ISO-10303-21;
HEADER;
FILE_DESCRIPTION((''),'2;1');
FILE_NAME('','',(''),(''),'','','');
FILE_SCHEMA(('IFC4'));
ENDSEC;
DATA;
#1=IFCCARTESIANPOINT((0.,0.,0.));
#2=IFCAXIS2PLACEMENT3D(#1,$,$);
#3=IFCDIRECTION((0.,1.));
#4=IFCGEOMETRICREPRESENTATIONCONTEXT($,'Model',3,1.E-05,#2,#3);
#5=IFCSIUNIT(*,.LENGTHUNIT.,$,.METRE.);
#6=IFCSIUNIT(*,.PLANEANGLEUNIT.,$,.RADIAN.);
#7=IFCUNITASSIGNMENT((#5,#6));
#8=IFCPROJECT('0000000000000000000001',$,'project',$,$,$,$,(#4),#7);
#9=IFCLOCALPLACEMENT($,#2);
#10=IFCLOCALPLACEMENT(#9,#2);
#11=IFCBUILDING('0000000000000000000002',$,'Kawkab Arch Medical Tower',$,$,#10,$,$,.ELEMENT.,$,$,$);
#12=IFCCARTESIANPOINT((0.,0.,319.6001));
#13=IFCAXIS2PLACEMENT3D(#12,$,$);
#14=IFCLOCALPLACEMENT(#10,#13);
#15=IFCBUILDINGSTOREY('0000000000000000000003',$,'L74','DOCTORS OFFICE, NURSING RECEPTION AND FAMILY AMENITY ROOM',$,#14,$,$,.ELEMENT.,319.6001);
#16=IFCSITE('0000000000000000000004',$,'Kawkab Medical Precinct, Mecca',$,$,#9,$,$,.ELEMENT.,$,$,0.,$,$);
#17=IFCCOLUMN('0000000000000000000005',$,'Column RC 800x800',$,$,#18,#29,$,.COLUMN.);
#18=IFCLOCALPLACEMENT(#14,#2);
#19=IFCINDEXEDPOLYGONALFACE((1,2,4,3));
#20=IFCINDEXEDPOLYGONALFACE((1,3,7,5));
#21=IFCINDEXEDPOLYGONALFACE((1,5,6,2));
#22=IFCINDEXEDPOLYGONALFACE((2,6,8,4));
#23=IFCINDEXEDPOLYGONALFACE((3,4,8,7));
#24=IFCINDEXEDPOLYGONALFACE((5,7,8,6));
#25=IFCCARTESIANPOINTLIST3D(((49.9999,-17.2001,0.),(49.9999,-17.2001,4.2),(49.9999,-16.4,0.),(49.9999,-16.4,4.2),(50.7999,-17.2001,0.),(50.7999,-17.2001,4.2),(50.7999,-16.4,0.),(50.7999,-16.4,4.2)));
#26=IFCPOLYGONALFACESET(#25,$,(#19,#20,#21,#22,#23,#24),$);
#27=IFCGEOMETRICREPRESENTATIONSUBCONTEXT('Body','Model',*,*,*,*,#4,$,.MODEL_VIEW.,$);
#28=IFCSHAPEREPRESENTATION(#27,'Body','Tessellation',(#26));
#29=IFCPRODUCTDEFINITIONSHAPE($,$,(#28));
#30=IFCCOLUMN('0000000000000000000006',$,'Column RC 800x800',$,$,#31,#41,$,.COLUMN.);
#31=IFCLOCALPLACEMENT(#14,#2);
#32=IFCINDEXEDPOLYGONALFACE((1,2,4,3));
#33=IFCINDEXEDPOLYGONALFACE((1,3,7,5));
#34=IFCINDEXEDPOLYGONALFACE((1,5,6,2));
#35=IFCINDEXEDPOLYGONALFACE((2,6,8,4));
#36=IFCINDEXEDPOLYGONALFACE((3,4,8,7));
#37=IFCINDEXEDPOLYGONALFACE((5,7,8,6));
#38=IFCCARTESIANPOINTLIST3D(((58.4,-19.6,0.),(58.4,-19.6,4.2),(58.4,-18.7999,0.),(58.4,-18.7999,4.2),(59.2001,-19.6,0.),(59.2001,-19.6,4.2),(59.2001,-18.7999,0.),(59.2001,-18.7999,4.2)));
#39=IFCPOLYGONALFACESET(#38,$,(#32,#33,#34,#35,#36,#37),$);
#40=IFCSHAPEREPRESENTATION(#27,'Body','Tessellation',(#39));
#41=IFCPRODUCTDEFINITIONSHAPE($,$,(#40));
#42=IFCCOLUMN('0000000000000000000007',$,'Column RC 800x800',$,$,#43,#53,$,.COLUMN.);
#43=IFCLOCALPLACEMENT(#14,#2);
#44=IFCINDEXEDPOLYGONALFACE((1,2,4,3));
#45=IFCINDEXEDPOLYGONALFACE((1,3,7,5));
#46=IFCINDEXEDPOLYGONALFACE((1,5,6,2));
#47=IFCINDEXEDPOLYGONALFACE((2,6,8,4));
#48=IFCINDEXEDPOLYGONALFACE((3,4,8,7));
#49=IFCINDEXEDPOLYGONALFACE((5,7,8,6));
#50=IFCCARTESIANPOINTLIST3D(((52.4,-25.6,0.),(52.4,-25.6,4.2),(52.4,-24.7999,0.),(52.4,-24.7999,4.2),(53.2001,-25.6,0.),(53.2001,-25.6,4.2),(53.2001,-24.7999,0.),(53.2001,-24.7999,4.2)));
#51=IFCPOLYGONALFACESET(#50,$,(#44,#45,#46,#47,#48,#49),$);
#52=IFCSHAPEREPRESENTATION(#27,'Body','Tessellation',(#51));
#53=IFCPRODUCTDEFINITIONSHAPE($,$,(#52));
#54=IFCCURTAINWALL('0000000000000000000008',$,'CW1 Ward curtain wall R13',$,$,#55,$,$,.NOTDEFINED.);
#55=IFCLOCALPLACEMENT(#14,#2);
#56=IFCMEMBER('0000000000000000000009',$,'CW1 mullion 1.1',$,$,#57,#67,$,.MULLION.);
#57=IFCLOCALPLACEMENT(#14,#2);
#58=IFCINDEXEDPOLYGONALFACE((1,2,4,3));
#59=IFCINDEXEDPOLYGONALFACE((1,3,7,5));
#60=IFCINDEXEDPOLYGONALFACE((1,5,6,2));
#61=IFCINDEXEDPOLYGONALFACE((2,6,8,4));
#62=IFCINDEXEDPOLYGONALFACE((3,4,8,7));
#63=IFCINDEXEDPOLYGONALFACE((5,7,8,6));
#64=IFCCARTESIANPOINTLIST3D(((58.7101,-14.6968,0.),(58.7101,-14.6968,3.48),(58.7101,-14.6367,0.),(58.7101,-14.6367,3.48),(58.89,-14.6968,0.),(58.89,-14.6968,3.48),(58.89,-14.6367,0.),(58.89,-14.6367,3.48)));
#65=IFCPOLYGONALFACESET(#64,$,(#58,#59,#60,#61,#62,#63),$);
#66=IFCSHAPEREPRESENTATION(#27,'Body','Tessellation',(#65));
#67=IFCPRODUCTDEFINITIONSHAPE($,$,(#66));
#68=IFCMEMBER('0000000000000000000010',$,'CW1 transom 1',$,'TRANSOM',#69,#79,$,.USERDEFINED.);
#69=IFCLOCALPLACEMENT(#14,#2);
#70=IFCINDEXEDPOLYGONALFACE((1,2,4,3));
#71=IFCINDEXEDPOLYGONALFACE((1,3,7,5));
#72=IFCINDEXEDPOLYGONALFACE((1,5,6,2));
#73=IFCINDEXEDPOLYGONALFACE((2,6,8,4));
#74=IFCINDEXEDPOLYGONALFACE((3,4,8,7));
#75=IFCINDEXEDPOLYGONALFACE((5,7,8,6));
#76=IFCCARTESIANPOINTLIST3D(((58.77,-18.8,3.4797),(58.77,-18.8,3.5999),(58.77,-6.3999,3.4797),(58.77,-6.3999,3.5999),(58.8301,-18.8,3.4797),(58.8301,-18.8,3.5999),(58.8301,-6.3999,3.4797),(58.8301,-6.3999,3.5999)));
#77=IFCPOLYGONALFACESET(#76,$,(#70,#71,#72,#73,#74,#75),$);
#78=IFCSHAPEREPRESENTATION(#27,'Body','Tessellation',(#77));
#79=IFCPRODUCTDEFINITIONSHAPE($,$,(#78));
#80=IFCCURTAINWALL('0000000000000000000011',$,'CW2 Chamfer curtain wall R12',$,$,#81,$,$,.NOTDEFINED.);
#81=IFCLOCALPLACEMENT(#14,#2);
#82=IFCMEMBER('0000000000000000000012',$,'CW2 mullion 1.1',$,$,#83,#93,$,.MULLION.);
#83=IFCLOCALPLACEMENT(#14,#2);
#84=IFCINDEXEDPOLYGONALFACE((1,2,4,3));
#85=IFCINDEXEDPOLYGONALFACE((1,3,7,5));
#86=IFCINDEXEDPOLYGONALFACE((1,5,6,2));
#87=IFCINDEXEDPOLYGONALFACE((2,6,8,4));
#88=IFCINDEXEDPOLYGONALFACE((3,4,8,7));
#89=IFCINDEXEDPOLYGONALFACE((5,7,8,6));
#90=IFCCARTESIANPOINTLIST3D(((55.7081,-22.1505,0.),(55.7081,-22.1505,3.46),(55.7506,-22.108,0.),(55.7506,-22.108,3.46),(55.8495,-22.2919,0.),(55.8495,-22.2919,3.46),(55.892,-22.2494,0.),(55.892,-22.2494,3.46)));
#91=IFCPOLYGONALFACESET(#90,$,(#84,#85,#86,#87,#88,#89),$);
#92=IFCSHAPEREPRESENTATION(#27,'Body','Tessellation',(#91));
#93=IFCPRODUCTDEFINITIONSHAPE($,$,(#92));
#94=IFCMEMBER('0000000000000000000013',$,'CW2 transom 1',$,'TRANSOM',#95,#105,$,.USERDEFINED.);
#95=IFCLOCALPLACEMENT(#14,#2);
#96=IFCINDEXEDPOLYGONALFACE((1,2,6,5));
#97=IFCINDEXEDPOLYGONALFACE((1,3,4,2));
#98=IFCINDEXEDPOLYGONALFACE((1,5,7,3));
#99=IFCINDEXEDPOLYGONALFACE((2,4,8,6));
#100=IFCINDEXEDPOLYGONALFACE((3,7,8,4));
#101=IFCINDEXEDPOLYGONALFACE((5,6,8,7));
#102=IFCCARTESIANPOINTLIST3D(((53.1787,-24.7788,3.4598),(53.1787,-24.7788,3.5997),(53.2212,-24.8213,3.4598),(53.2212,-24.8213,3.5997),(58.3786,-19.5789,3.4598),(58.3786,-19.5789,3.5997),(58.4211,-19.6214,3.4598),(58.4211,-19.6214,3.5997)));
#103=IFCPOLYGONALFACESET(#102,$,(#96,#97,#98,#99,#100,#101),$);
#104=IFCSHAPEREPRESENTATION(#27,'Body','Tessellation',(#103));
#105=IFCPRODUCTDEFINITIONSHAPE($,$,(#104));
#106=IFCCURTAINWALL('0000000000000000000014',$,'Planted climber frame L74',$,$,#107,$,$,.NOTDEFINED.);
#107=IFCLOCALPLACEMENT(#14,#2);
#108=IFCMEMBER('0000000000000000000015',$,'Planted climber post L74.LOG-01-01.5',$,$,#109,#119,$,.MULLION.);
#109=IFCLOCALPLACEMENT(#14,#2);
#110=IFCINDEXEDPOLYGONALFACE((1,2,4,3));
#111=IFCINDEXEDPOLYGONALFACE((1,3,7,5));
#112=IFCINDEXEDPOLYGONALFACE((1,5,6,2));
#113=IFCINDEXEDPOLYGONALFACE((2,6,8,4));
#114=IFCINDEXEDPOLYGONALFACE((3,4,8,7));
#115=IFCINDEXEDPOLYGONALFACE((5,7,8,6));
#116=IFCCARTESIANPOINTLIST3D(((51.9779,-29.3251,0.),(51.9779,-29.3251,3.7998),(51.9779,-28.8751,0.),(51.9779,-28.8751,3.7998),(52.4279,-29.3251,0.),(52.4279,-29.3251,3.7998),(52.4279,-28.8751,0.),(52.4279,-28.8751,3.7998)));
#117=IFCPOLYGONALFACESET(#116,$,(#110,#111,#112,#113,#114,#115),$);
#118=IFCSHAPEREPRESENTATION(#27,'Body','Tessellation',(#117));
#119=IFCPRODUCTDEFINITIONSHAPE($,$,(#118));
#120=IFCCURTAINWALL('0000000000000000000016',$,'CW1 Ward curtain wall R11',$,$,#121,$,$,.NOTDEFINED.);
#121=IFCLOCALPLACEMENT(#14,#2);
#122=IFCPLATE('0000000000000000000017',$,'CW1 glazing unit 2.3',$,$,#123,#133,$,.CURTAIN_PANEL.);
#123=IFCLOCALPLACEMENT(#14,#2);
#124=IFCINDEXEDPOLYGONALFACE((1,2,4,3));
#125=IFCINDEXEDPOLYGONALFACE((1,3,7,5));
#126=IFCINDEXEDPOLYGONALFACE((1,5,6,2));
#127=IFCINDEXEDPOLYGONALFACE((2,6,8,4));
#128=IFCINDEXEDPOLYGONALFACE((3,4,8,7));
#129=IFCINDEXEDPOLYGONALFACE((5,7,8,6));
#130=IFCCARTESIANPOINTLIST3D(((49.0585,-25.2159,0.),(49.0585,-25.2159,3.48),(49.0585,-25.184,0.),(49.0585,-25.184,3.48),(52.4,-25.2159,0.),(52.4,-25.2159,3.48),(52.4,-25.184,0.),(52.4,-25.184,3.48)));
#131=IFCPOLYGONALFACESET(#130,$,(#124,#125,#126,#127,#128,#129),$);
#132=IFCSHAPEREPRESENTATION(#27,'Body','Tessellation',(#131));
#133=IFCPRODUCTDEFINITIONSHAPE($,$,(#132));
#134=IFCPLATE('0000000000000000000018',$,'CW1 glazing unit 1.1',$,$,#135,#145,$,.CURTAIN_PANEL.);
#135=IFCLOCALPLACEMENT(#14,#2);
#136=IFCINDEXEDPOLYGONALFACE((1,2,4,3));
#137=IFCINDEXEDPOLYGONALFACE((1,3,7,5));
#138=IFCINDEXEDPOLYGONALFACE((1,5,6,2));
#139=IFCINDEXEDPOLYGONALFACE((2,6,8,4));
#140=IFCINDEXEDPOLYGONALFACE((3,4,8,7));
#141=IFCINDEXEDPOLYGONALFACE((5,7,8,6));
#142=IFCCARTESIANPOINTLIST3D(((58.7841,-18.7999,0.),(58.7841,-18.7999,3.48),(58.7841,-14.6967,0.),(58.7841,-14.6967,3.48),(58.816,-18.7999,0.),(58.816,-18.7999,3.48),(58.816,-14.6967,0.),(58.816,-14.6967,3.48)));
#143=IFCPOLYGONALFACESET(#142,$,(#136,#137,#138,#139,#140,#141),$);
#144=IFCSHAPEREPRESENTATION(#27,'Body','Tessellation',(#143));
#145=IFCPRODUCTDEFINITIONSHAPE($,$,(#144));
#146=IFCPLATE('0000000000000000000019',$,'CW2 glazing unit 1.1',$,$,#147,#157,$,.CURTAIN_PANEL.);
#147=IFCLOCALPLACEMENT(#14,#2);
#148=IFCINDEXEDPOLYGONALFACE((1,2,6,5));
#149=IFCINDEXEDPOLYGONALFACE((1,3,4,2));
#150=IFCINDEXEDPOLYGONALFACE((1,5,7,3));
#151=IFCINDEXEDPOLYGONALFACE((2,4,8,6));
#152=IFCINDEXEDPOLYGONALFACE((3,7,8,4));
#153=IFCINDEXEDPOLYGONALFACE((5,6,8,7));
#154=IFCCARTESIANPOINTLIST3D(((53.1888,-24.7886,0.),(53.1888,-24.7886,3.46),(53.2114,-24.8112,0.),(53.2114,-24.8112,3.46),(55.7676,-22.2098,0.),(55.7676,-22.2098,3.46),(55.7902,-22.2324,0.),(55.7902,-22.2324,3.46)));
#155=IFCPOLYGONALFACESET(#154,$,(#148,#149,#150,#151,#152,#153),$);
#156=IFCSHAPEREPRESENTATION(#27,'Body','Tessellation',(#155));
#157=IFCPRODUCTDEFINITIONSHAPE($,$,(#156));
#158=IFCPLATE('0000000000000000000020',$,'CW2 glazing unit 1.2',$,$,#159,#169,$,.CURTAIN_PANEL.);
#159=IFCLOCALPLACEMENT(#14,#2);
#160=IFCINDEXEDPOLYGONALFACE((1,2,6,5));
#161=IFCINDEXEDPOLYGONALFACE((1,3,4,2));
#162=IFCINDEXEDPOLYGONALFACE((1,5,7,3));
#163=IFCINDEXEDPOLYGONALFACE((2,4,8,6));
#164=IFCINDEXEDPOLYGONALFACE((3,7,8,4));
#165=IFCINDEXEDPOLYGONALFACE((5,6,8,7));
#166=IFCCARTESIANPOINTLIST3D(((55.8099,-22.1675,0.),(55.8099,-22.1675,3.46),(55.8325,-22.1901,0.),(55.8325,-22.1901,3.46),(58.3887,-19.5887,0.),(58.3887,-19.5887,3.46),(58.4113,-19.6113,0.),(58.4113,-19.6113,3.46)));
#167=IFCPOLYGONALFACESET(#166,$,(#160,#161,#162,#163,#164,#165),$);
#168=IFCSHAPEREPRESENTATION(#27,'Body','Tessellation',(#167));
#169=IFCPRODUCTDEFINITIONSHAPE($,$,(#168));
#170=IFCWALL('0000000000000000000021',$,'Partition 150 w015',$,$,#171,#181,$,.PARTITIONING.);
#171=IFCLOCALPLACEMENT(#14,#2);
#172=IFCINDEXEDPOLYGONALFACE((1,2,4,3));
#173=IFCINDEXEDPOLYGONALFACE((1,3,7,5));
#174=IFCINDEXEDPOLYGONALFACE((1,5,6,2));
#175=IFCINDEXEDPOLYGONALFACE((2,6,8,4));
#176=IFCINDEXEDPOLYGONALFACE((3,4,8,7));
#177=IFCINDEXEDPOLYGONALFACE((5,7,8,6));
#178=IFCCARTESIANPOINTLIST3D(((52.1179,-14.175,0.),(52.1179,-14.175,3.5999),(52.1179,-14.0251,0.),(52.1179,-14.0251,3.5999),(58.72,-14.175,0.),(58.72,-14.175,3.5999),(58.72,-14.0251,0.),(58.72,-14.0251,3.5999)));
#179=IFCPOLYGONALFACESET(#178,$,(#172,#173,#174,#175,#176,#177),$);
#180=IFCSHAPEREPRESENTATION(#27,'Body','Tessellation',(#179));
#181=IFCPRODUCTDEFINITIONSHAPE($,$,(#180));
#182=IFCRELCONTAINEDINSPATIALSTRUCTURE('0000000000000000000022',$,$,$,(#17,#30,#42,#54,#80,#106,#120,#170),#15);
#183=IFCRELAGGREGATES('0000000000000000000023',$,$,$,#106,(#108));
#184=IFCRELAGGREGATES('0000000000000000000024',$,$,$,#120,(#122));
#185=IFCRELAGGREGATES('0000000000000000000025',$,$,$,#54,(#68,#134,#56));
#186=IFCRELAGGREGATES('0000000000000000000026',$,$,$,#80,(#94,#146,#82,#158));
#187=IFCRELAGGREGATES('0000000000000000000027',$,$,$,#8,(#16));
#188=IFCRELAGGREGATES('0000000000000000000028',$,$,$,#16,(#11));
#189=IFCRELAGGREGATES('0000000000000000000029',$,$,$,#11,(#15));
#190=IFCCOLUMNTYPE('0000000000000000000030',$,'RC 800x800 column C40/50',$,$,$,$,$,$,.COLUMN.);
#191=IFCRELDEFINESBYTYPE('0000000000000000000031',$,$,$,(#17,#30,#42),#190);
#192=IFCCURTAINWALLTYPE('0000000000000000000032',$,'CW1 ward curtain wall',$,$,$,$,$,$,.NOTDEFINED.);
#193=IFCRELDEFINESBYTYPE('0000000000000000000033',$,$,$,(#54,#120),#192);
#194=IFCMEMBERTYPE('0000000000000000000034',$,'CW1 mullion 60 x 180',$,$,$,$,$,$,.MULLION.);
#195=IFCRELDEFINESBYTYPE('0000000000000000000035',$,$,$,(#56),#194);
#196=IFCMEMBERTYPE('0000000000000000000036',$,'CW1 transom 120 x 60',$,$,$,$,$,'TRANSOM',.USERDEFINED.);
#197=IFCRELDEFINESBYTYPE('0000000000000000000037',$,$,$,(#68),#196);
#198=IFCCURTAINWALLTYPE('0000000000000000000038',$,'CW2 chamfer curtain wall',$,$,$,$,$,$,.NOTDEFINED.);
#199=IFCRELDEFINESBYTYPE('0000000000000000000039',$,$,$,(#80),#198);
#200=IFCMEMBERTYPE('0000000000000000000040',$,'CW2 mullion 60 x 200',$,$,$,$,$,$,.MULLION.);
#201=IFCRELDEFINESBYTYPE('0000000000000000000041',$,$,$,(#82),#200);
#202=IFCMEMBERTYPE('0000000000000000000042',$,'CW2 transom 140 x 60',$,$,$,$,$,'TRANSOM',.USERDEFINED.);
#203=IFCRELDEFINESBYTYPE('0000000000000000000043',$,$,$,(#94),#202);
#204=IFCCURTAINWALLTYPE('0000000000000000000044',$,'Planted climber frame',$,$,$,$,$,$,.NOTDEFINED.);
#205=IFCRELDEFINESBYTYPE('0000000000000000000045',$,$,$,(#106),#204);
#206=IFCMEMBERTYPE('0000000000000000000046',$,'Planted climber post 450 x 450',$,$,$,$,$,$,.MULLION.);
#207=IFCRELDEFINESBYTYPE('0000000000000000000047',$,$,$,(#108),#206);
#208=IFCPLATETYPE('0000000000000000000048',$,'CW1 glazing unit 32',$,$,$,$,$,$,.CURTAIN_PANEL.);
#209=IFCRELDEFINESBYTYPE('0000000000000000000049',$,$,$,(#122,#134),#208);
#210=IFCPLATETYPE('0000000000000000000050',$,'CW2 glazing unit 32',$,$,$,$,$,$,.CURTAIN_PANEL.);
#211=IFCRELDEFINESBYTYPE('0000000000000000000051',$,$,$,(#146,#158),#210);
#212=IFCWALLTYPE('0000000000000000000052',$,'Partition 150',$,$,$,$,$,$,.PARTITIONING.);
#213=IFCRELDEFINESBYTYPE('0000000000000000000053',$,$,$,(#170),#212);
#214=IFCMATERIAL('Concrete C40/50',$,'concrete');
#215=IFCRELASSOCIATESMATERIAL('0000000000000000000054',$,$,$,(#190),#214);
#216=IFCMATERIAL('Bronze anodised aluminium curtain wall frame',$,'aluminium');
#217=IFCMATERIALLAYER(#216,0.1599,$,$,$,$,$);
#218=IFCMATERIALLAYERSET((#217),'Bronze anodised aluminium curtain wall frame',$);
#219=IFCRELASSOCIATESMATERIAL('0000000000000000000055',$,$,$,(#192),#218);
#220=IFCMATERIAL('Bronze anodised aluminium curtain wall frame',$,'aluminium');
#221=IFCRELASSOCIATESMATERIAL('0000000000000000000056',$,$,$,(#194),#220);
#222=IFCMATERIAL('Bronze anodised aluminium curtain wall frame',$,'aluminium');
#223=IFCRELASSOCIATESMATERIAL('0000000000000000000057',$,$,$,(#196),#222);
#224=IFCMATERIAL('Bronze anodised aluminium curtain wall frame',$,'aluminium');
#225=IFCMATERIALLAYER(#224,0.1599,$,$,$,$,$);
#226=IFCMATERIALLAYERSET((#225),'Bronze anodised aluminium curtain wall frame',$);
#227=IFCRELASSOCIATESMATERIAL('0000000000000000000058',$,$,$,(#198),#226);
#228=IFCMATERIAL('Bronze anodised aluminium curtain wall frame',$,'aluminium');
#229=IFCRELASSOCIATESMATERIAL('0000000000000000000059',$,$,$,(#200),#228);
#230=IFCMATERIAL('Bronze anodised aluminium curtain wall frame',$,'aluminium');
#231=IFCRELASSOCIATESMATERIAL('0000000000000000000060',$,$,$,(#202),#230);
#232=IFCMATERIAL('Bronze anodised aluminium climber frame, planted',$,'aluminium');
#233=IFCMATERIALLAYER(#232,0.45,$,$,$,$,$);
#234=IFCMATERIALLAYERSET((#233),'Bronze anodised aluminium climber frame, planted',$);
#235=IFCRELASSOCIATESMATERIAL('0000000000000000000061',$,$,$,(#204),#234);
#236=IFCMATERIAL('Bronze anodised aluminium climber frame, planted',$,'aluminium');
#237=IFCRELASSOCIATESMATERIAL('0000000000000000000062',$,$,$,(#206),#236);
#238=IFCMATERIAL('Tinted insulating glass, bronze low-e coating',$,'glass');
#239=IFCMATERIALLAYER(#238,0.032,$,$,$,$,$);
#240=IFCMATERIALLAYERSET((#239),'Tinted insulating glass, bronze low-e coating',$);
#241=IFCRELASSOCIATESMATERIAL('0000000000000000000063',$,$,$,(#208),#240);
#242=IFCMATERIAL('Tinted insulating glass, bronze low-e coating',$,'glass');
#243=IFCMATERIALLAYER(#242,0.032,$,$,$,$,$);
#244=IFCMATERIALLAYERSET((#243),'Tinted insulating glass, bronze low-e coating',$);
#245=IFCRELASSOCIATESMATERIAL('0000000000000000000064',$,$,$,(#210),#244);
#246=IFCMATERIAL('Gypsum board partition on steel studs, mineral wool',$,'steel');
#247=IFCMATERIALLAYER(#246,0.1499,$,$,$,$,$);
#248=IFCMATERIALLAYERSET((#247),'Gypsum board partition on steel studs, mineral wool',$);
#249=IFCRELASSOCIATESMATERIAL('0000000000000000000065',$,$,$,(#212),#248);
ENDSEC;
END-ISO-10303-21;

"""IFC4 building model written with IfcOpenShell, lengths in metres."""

from ifc_helpers import new_model, si_unit, direction, frame, frame_2d, origin, origin_2d, place, context, subcontext, project, spatial, rectangle, extrude, material, layer, layer_set, material_profile, profile_set, type_object, element, aggregate, save


model = new_model("IFC4")

# Units and contexts
model_context = context("Model", 3, precision=1e-05, world=origin(), true_north=direction((0.0, 1.0)))
body_context = subcontext(model_context, "Body", "Model", "MODEL_VIEW")
ifc_project = project(units=[si_unit("LENGTHUNIT", "METRE"), si_unit("PLANEANGLEUNIT", "RADIAN")], contexts=[model_context])

# Site, building, storey
site_placement = place(None, origin())
site = spatial("IfcSite", under=ifc_project, at=site_placement, Name="Kawkab Medical Precinct, Mecca", CompositionType="ELEMENT", RefElevation=0.0)
building_placement = place(site_placement, origin())
building = spatial("IfcBuilding", under=site, at=building_placement, Name="Kawkab Arch Medical Tower", CompositionType="ELEMENT")
storey_placement = place(building_placement, frame((0.0, 0.0, 319.6001)))
storey = spatial("IfcBuildingStorey", under=building, at=storey_placement, Name="L74", Description="DOCTORS OFFICE, NURSING RECEPTION AND FAMILY AMENITY ROOM", CompositionType="ELEMENT", Elevation=319.6001)

# Columns
ifc_material_1 = material(Name="Concrete C40/50", Category="concrete")
ifc_material_profile_1 = material_profile(ifc_material_1, rectangle(XDim=0.8, YDim=0.8, at=origin_2d()), Name="RC 800x800")
ifc_profile_set_1 = profile_set([ifc_material_profile_1], Name="Concrete C40/50")
column_type = type_object("IfcColumnType", Name="RC 800x800 column C40/50", PredefinedType="COLUMN", material=ifc_profile_set_1)
for number, where, z_axis, x_axis, name in (
    (1, (50.3999, -16.8, 0.0), (0.0, 0.0, 1.0), (1.0, 0.0, 0.0), "Column RC 800x800"),
    (2, (58.8, -19.2, 0.0), (0.0, 0.0, 1.0), (1.0, 0.0, 0.0), "Column RC 800x800"),
    (3, (52.8, -25.2, 0.0), (0.0, 0.0, 1.0), (1.0, 0.0, 0.0), "Column RC 800x800"),
):
    element("IfcColumn", number, at=place(storey_placement, frame(where, z_axis=z_axis, x_axis=x_axis)), inside=storey, type_object=column_type, Name=name, PredefinedType="COLUMN", context=body_context, shape_type="SweptSolid", body=[
        extrude(rectangle(XDim=0.8, YDim=0.8, at=origin_2d()), origin(), (0.0, 0.0, 1.0), 4.2),
    ])

# Curtain walls, members
ifc_material_2 = material(Name="Bronze anodised aluminium curtain wall frame", Category="aluminium")
ifc_layer_1 = layer(ifc_material_2, 0.1599)
ifc_layer_set_1 = layer_set([ifc_layer_1], Name="Bronze anodised aluminium curtain wall frame")
curtain_wall_type_1 = type_object("IfcCurtainWallType", Name="CW1 ward curtain wall", PredefinedType="NOTDEFINED", material=ifc_layer_set_1)
placement = place(storey_placement, origin())
curtain_wall_1 = element("IfcCurtainWall", 4, at=placement, inside=storey, type_object=curtain_wall_type_1, Name="CW1 Ward curtain wall R13", PredefinedType="NOTDEFINED")
ifc_material_3 = material(Name="Bronze anodised aluminium curtain wall frame", Category="aluminium")
ifc_material_profile_2 = material_profile(ifc_material_3, rectangle(XDim=0.1799, YDim=0.0601, at=origin_2d()), Name="AL 60x180")
ifc_profile_set_2 = profile_set([ifc_material_profile_2], Name="Bronze anodised aluminium curtain wall frame")
member_type_1 = type_object("IfcMemberType", Name="CW1 mullion 60 x 180", PredefinedType="MULLION", material=ifc_profile_set_2)
member_1_placement = place(storey_placement, frame((58.8, -14.6667, 0.0), z_axis=(0.0, 0.0, 1.0), x_axis=(-1.0, 0.0, 0.0)))
member_1 = element("IfcMember", 5, at=member_1_placement, type_object=member_type_1, Name="CW1 mullion 1.1", PredefinedType="MULLION", context=body_context, shape_type="SweptSolid", body=[
    extrude(rectangle(XDim=0.1799, YDim=0.0601, at=origin_2d()), origin(), (0.0, 0.0, 1.0), 3.48),
])
ifc_material_4 = material(Name="Bronze anodised aluminium curtain wall frame", Category="aluminium")
ifc_material_profile_3 = material_profile(ifc_material_4, rectangle(XDim=0.0601, YDim=0.1201, at=origin_2d()), Name="AL 60x120")
ifc_profile_set_3 = profile_set([ifc_material_profile_3], Name="Bronze anodised aluminium curtain wall frame")
member_type_2 = type_object("IfcMemberType", Name="CW1 transom 120 x 60", ElementType="TRANSOM", PredefinedType="USERDEFINED", material=ifc_profile_set_3)
member_2_placement = place(storey_placement, frame((58.8, -18.8, 3.5398), z_axis=(0.0, 1.0, 0.0), x_axis=(-1.0, 0.0, 0.0)))
member_2 = element("IfcMember", 6, at=member_2_placement, type_object=member_type_2, Name="CW1 transom 1", ObjectType="TRANSOM", PredefinedType="USERDEFINED", context=body_context, shape_type="SweptSolid", body=[
    extrude(rectangle(XDim=0.0601, YDim=0.1201, at=origin_2d()), origin(), (0.0, 0.0, 1.0), 12.4001),
])
ifc_material_5 = material(Name="Bronze anodised aluminium curtain wall frame", Category="aluminium")
ifc_layer_2 = layer(ifc_material_5, 0.1599)
ifc_layer_set_2 = layer_set([ifc_layer_2], Name="Bronze anodised aluminium curtain wall frame")
curtain_wall_type_2 = type_object("IfcCurtainWallType", Name="CW2 chamfer curtain wall", PredefinedType="NOTDEFINED", material=ifc_layer_set_2)
curtain_wall_2 = element("IfcCurtainWall", 7, at=placement, inside=storey, type_object=curtain_wall_type_2, Name="CW2 Chamfer curtain wall R12", PredefinedType="NOTDEFINED")
ifc_material_6 = material(Name="Bronze anodised aluminium curtain wall frame", Category="aluminium")
ifc_material_profile_4 = material_profile(ifc_material_6, rectangle(XDim=0.2, YDim=0.0601, at=origin_2d()), Name="AL 60x200")
ifc_profile_set_4 = profile_set([ifc_material_profile_4], Name="Bronze anodised aluminium curtain wall frame")
member_type_3 = type_object("IfcMemberType", Name="CW2 mullion 60 x 200", PredefinedType="MULLION", material=ifc_profile_set_4)
member_3_placement = place(storey_placement, frame((55.8, -22.2, 0.0), z_axis=(0.0, 0.0, 1.0), x_axis=(-0.707107, 0.707107, 0.0)))
member_3 = element("IfcMember", 8, at=member_3_placement, type_object=member_type_3, Name="CW2 mullion 1.1", PredefinedType="MULLION", context=body_context, shape_type="SweptSolid", body=[
    extrude(rectangle(XDim=0.2, YDim=0.0601, at=origin_2d()), origin(), (0.0, 0.0, 1.0), 3.46),
])
ifc_material_7 = material(Name="Bronze anodised aluminium curtain wall frame", Category="aluminium")
ifc_material_profile_5 = material_profile(ifc_material_7, rectangle(XDim=0.0601, YDim=0.1399, at=origin_2d()), Name="AL 60x140")
ifc_profile_set_5 = profile_set([ifc_material_profile_5], Name="Bronze anodised aluminium curtain wall frame")
member_type_4 = type_object("IfcMemberType", Name="CW2 transom 140 x 60", ElementType="TRANSOM", PredefinedType="USERDEFINED", material=ifc_profile_set_5)
member_4_placement = place(storey_placement, frame((53.2, -24.8, 3.5298), z_axis=(0.707107, 0.707107, 0.0), x_axis=(-0.707107, 0.707107, 0.0)))
member_4 = element("IfcMember", 9, at=member_4_placement, type_object=member_type_4, Name="CW2 transom 1", ObjectType="TRANSOM", PredefinedType="USERDEFINED", context=body_context, shape_type="SweptSolid", body=[
    extrude(rectangle(XDim=0.0601, YDim=0.1399, at=origin_2d()), origin(), (0.0, 0.0, 1.0), 7.3538),
])

# Curtain wall, member
ifc_material_8 = material(Name="Bronze anodised aluminium climber frame, planted", Category="aluminium")
ifc_layer_3 = layer(ifc_material_8, 0.45)
ifc_layer_set_3 = layer_set([ifc_layer_3], Name="Bronze anodised aluminium climber frame, planted")
curtain_wall_type_3 = type_object("IfcCurtainWallType", Name="Planted climber frame", PredefinedType="NOTDEFINED", material=ifc_layer_set_3)
curtain_wall_3 = element("IfcCurtainWall", 10, at=placement, inside=storey, type_object=curtain_wall_type_3, Name="Planted climber frame L74", PredefinedType="NOTDEFINED")
ifc_material_9 = material(Name="Bronze anodised aluminium climber frame, planted", Category="aluminium")
ifc_material_profile_6 = material_profile(ifc_material_9, rectangle(XDim=0.45, YDim=0.45, at=origin_2d()), Name="Post 450x450")
ifc_profile_set_6 = profile_set([ifc_material_profile_6], Name="Bronze anodised aluminium climber frame, planted")
member_type_5 = type_object("IfcMemberType", Name="Planted climber post 450 x 450", PredefinedType="MULLION", material=ifc_profile_set_6)
member_5_placement = place(storey_placement, frame((52.2029, -29.1001, 0.0), z_axis=(0.0, 0.0, 1.0), x_axis=(1.0, 0.0, 0.0)))
member_5 = element("IfcMember", 11, at=member_5_placement, type_object=member_type_5, Name="Planted climber post L74.LOG-01-01.5", PredefinedType="MULLION", context=body_context, shape_type="SweptSolid", body=[
    extrude(rectangle(XDim=0.45, YDim=0.45, at=origin_2d()), origin(), (0.0, 0.0, 1.0), 3.7998),
])
aggregate(curtain_wall_3, [member_5])

# Curtain wall, plate
curtain_wall_4 = element("IfcCurtainWall", 12, at=placement, inside=storey, type_object=curtain_wall_type_1, Name="CW1 Ward curtain wall R11", PredefinedType="NOTDEFINED")
ifc_material_10 = material(Name="Tinted insulating glass, bronze low-e coating", Category="glass")
ifc_layer_4 = layer(ifc_material_10, 0.032)
ifc_layer_set_4 = layer_set([ifc_layer_4], Name="Tinted insulating glass, bronze low-e coating")
plate_type_1 = type_object("IfcPlateType", Name="CW1 glazing unit 32", PredefinedType="CURTAIN_PANEL", material=ifc_layer_set_4)
plate_1_placement = place(storey_placement, frame((50.7292, -25.2, 0.0), z_axis=(0.0, 0.0, 1.0), x_axis=(1.0, 0.0, 0.0)))
plate_1 = element("IfcPlate", 13, at=plate_1_placement, type_object=plate_type_1, Name="CW1 glazing unit 2.3", PredefinedType="CURTAIN_PANEL", context=body_context, shape_type="SweptSolid", body=[
    extrude(rectangle(XDim=3.3416, YDim=0.032, at=origin_2d()), origin(), (0.0, 0.0, 1.0), 3.48),
])
aggregate(curtain_wall_4, [plate_1])

# Plates
plate_2_placement = place(storey_placement, frame((58.8, -16.7483, 0.0), z_axis=(0.0, 0.0, 1.0), x_axis=(0.0, 1.0, 0.0)))
plate_2 = element("IfcPlate", 14, at=plate_2_placement, type_object=plate_type_1, Name="CW1 glazing unit 1.1", PredefinedType="CURTAIN_PANEL", context=body_context, shape_type="SweptSolid", body=[
    extrude(rectangle(XDim=4.1033, YDim=0.032, at=origin_2d()), origin(), (0.0, 0.0, 1.0), 3.48),
])
aggregate(curtain_wall_1, [member_2, plate_2, member_1])
ifc_material_11 = material(Name="Tinted insulating glass, bronze low-e coating", Category="glass")
ifc_layer_5 = layer(ifc_material_11, 0.032)
ifc_layer_set_5 = layer_set([ifc_layer_5], Name="Tinted insulating glass, bronze low-e coating")
plate_type_2 = type_object("IfcPlateType", Name="CW2 glazing unit 32", PredefinedType="CURTAIN_PANEL", material=ifc_layer_set_5)
plate_3_placement = place(storey_placement, frame((54.4895, -23.5105, 0.0), z_axis=(0.0, 0.0, 1.0), x_axis=(0.707107, 0.707107, 0.0)))
plate_3 = element("IfcPlate", 15, at=plate_3_placement, type_object=plate_type_2, Name="CW2 glazing unit 1.1", PredefinedType="CURTAIN_PANEL", context=body_context, shape_type="SweptSolid", body=[
    extrude(rectangle(XDim=3.647, YDim=0.032, at=origin_2d()), origin(), (0.0, 0.0, 1.0), 3.46),
])
plate_4_placement = place(storey_placement, frame((57.1106, -20.8894, 0.0), z_axis=(0.0, 0.0, 1.0), x_axis=(0.707107, 0.707107, 0.0)))
plate_4 = element("IfcPlate", 16, at=plate_4_placement, type_object=plate_type_2, Name="CW2 glazing unit 1.2", PredefinedType="CURTAIN_PANEL", context=body_context, shape_type="SweptSolid", body=[
    extrude(rectangle(XDim=3.647, YDim=0.032, at=origin_2d()), origin(), (0.0, 0.0, 1.0), 3.46),
])
aggregate(curtain_wall_2, [member_4, plate_3, member_3, plate_4])

# Wall
ifc_material_12 = material(Name="Gypsum board partition on steel studs, mineral wool", Category="steel")
ifc_layer_6 = layer(ifc_material_12, 0.1499)
ifc_layer_set_6 = layer_set([ifc_layer_6], Name="Gypsum board partition on steel studs, mineral wool")
wall_type = type_object("IfcWallType", Name="Partition 150", PredefinedType="PARTITIONING", material=ifc_layer_set_6)
wall_1_placement = place(storey_placement, frame((52.1179, -14.1001, 0.0), z_axis=(0.0, 0.0, 1.0), x_axis=(1.0, 0.0, 0.0)))
element("IfcWall", 17, at=wall_1_placement, inside=storey, type_object=wall_type, Name="Partition 150 w015", PredefinedType="PARTITIONING", context=body_context, shape_type="SweptSolid", body=[
    extrude(rectangle(XDim=6.6021, YDim=0.1499, at=frame_2d((3.301, 0.0))), origin(), (0.0, 0.0, 1.0), 3.5999),
])

save(model, "model.ifc")
